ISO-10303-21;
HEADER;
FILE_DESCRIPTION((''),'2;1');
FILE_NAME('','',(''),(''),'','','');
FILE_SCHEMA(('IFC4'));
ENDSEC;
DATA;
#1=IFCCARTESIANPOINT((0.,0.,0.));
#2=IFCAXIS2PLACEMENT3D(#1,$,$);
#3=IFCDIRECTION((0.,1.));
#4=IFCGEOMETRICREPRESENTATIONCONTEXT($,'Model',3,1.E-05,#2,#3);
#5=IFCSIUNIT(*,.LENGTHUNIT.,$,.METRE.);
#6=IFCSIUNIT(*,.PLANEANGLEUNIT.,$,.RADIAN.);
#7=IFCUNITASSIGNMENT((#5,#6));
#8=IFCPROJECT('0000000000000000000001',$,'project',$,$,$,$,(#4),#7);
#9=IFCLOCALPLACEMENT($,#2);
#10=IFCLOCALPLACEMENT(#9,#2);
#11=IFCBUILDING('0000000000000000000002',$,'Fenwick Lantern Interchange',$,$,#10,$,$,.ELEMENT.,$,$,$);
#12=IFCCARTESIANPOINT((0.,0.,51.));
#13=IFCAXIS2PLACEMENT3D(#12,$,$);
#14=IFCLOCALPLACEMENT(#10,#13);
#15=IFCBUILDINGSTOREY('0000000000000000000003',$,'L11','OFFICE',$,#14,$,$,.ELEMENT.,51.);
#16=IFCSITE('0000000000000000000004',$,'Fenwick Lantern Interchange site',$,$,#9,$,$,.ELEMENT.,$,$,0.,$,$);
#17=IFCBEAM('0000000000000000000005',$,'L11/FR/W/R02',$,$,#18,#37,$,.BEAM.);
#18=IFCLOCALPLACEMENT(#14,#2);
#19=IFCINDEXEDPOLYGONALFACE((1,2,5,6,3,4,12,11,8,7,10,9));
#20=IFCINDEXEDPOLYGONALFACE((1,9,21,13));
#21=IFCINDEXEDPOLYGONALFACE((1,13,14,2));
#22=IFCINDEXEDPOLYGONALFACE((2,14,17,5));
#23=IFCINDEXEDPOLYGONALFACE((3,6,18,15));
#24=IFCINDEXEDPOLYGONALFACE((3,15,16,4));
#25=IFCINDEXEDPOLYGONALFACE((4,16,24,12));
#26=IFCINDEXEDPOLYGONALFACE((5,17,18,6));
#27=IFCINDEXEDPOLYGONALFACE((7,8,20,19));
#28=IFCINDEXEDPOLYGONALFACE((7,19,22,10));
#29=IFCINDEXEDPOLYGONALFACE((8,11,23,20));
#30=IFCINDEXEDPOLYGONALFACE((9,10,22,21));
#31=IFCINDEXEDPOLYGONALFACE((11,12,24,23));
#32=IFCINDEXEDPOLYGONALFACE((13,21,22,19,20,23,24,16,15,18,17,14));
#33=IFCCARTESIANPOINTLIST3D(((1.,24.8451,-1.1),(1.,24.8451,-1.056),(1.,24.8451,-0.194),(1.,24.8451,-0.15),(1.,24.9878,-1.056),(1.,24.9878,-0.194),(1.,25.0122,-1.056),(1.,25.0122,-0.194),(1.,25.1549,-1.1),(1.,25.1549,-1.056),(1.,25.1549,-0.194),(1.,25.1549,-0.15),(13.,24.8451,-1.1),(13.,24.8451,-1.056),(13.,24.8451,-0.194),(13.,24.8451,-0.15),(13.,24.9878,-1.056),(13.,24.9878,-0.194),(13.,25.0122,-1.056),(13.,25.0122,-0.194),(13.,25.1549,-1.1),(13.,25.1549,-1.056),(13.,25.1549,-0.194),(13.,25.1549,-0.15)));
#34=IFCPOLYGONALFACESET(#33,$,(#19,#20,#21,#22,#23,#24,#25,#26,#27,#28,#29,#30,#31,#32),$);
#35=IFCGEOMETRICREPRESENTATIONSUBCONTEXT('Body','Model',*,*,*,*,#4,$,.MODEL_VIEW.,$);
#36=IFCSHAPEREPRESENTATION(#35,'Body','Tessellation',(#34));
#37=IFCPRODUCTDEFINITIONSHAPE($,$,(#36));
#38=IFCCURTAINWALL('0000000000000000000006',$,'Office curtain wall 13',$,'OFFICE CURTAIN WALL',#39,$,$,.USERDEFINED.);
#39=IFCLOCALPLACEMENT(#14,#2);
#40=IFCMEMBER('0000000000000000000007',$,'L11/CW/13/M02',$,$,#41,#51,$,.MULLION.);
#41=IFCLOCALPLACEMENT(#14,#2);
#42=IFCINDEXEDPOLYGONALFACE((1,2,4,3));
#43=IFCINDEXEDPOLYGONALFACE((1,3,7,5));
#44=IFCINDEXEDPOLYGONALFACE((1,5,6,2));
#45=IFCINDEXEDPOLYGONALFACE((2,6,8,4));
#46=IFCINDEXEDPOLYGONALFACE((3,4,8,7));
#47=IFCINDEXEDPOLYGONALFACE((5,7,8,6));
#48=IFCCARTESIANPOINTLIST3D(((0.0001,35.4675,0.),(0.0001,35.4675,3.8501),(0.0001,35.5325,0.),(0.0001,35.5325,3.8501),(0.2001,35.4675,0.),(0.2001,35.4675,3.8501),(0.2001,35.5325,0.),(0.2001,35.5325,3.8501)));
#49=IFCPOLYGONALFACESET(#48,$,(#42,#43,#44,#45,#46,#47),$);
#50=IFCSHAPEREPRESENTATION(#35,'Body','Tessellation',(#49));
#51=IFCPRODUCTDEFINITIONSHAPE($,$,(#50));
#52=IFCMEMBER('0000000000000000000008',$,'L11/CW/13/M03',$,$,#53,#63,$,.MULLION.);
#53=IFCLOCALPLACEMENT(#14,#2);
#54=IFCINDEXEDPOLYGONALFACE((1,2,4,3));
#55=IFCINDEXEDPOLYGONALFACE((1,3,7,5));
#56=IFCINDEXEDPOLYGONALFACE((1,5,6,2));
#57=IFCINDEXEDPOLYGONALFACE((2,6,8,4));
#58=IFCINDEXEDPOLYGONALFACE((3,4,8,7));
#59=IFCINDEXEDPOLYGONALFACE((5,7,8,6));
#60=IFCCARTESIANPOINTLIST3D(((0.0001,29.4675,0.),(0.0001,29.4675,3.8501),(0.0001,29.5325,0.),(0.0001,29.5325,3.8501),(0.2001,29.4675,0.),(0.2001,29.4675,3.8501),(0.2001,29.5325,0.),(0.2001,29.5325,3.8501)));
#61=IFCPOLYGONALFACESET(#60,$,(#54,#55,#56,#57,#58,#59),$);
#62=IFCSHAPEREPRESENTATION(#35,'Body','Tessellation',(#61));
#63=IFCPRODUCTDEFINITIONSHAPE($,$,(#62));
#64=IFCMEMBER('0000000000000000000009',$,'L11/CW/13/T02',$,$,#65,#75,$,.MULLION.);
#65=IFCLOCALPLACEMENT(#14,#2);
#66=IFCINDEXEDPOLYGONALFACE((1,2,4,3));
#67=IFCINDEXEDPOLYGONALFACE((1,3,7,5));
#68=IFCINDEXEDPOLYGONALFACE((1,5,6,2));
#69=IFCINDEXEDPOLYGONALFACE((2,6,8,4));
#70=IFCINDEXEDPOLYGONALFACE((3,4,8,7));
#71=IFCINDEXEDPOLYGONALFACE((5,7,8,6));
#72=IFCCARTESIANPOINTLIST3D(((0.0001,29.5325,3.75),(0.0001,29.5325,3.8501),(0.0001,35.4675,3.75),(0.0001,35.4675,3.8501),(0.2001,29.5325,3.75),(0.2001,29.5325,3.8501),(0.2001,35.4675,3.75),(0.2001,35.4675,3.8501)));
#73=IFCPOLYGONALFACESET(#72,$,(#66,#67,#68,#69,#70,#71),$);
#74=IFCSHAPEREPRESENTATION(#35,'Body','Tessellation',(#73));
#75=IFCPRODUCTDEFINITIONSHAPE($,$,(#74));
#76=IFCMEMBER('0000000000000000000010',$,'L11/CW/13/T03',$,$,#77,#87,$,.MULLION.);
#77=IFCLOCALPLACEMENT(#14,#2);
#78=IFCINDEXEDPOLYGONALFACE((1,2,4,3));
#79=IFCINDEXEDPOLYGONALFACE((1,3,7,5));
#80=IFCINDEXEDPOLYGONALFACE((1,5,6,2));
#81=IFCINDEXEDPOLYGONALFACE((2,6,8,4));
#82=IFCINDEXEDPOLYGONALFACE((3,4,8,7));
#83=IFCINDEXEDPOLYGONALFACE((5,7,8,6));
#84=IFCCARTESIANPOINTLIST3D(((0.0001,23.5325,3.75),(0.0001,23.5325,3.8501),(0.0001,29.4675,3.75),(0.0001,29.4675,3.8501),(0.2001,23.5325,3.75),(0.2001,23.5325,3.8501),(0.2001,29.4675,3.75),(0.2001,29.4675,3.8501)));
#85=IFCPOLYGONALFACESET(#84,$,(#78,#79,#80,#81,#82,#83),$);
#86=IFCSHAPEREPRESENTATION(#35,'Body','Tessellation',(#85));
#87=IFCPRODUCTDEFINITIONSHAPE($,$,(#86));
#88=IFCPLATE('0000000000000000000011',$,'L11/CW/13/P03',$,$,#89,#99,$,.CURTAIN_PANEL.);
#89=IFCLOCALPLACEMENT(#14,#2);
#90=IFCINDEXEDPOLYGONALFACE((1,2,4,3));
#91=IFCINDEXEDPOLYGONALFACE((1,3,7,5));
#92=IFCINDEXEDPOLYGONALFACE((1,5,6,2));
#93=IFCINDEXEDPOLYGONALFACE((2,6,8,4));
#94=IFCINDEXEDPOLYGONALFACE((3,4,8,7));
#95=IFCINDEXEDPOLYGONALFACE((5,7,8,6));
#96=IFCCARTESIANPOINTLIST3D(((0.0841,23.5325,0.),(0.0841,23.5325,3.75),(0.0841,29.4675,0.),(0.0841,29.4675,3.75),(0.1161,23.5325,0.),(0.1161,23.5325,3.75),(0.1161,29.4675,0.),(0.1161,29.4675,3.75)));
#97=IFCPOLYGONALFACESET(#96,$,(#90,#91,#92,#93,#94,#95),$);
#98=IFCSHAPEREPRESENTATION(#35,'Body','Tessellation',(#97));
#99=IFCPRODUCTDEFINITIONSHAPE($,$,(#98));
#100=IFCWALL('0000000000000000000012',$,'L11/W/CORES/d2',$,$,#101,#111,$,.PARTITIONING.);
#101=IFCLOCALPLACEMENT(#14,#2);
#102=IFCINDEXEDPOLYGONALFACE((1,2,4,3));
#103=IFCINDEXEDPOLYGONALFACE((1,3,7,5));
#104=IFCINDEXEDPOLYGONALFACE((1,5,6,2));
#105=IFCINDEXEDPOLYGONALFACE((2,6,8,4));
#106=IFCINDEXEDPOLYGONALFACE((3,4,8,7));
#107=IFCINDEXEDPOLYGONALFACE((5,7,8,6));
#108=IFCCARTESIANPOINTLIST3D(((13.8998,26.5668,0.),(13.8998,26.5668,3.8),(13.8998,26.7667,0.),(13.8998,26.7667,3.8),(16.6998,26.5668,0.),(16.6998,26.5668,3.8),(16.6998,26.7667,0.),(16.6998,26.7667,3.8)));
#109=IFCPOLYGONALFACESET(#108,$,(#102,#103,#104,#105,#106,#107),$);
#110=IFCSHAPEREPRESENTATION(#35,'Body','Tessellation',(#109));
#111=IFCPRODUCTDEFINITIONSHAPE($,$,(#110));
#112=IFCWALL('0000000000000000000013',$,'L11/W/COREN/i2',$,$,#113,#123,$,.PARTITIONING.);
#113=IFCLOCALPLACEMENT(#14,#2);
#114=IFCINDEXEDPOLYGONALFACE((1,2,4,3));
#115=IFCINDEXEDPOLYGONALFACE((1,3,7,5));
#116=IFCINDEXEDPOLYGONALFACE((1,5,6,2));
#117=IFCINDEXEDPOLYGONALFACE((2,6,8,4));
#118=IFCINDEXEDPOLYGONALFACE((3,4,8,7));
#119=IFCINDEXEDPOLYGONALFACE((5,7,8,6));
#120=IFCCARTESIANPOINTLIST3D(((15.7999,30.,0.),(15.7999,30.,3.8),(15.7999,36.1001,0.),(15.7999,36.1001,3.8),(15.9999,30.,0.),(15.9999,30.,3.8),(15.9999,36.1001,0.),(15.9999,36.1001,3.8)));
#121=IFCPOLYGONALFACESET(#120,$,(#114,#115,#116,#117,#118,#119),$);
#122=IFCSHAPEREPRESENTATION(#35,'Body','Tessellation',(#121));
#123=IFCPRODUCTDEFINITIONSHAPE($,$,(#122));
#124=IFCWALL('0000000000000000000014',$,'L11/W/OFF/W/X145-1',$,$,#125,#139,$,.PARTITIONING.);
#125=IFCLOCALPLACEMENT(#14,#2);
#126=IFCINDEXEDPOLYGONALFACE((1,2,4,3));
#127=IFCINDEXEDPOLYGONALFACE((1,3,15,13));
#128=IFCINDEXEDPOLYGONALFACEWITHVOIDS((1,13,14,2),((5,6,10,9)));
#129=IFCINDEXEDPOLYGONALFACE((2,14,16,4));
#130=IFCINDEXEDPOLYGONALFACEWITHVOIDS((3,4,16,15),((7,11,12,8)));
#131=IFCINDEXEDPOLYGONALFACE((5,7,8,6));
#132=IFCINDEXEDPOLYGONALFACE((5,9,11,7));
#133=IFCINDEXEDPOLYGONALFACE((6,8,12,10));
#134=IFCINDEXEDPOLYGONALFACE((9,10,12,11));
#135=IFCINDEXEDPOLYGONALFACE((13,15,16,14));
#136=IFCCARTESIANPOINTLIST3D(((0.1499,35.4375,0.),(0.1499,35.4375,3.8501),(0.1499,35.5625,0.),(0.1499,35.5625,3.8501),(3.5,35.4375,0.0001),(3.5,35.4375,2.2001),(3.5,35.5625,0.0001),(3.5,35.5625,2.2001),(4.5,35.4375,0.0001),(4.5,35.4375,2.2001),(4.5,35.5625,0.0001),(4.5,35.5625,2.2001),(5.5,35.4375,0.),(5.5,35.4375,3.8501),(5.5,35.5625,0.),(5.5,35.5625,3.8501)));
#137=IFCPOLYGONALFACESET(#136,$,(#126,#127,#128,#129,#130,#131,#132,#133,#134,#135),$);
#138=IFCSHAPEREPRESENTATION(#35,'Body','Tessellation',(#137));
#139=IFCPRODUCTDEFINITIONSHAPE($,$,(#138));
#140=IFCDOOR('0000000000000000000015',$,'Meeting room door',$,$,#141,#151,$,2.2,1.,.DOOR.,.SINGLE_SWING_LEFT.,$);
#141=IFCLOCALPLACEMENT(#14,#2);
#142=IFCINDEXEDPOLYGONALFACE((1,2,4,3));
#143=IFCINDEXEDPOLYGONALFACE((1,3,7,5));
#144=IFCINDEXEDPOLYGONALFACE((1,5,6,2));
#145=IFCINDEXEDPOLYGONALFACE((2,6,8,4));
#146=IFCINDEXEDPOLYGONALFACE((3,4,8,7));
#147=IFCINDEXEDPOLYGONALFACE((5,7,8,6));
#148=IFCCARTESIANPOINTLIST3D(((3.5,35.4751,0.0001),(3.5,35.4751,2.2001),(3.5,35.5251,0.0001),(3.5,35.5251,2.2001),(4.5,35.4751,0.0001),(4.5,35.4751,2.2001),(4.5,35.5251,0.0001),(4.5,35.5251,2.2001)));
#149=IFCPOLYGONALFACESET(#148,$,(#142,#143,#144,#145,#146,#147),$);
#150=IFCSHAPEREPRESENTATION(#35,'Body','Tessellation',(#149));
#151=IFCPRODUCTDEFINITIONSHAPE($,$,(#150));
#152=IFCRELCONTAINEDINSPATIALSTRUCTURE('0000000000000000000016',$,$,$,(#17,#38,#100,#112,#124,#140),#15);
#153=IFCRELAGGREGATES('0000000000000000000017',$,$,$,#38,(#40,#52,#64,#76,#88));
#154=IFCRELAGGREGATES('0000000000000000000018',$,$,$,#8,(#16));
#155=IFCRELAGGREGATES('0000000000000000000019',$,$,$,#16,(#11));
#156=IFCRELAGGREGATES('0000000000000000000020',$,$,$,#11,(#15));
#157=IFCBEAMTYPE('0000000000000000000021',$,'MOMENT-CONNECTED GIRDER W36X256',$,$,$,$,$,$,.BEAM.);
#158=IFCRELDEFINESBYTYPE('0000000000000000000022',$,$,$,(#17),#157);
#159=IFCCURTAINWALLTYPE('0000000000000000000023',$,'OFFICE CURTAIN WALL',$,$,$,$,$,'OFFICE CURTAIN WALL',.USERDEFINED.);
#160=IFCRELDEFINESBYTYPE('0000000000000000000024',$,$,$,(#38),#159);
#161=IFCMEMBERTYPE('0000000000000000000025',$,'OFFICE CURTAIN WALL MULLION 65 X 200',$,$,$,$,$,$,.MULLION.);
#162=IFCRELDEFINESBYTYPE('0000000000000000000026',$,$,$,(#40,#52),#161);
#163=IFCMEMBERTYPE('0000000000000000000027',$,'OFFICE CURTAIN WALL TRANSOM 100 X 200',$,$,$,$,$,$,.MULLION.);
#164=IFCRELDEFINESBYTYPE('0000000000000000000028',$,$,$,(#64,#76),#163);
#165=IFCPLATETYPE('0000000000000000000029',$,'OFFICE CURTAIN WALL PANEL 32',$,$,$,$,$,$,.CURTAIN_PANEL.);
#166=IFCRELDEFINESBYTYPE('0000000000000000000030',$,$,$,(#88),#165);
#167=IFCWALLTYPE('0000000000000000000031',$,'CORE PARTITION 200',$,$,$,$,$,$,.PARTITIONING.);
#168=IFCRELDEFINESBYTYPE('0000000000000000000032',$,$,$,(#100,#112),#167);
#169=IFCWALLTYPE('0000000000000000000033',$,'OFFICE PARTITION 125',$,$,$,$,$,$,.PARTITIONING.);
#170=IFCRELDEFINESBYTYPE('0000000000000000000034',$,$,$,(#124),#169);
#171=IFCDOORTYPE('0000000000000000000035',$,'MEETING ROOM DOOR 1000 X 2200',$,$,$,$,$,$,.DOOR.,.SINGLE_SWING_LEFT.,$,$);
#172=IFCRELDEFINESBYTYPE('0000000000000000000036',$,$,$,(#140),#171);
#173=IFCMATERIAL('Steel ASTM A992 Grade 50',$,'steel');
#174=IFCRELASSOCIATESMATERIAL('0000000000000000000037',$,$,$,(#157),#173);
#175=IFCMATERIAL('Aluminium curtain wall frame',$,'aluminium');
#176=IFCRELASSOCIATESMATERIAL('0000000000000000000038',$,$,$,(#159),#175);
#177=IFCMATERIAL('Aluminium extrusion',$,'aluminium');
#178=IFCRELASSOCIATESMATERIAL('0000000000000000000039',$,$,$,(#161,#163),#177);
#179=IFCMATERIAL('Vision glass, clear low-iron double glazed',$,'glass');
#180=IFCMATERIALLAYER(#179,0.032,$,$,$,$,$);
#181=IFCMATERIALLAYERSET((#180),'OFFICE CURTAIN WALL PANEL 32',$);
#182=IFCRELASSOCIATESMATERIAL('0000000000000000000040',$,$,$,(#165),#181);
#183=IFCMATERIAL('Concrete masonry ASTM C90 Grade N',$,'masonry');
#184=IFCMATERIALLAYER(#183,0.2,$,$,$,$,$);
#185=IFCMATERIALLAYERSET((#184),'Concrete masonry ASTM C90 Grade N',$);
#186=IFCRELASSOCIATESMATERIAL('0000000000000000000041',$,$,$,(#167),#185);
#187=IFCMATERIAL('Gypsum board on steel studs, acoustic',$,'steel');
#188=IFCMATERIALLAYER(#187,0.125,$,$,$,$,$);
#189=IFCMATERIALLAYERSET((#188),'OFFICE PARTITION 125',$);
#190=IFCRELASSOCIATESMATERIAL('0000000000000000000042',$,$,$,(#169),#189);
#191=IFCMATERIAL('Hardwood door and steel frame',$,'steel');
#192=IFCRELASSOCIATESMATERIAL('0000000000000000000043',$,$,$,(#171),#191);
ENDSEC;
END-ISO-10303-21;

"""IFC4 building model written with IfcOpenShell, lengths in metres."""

from ifc_helpers import new_model, si_unit, direction, frame, frame_2d, origin, origin_2d, place, context, subcontext, project, spatial, rectangle, i_section, extrude, material, layer, layer_set, material_profile, profile_set, type_object, element, fill, aggregate, save


model = new_model("IFC4")

# Units and contexts
model_context = context("Model", 3, precision=1e-05, world=origin(), true_north=direction((0.0, 1.0)))
body_context = subcontext(model_context, "Body", "Model", "MODEL_VIEW")
ifc_project = project(units=[si_unit("LENGTHUNIT", "METRE"), si_unit("PLANEANGLEUNIT", "RADIAN")], contexts=[model_context])

# Site, building, storey
site_placement = place(None, origin())
site = spatial("IfcSite", under=ifc_project, at=site_placement, Name="Fenwick Lantern Interchange site", CompositionType="ELEMENT", RefElevation=0.0)
building_placement = place(site_placement, origin())
building = spatial("IfcBuilding", under=site, at=building_placement, Name="Fenwick Lantern Interchange", CompositionType="ELEMENT")
storey_placement = place(building_placement, frame((0.0, 0.0, 51.0)))
storey = spatial("IfcBuildingStorey", under=building, at=storey_placement, Name="L11", Description="OFFICE", CompositionType="ELEMENT", Elevation=51.0)

# Beam
ifc_material_1 = material(Name="Steel ASTM A992 Grade 50", Category="steel")
ifc_material_profile_1 = material_profile(ifc_material_1, i_section(OverallWidth=0.3098, OverallDepth=0.95, WebThickness=0.0244, FlangeThickness=0.0439, at=origin_2d()), Name="W36X256")
ifc_profile_set_1 = profile_set([ifc_material_profile_1], Name="Steel ASTM A992 Grade 50")
beam_type = type_object("IfcBeamType", Name="MOMENT-CONNECTED GIRDER W36X256", PredefinedType="BEAM", material=ifc_profile_set_1)
beam_placement = place(storey_placement, frame((1.0, 25.0, -0.625), z_axis=(1.0, 0.0, 0.0), x_axis=(0.0, 1.0, 0.0)))
element("IfcBeam", 1, at=beam_placement, inside=storey, type_object=beam_type, Name="L11/FR/W/R02", PredefinedType="BEAM", context=body_context, shape_type="SweptSolid", body=[
    extrude(i_section(OverallWidth=0.3098, OverallDepth=0.95, WebThickness=0.0244, FlangeThickness=0.0439, at=origin_2d()), origin(), (0.0, 0.0, 1.0), 12.0),
])

# Curtain wall, members, plate
ifc_material_2 = material(Name="Aluminium curtain wall frame", Category="aluminium")
curtain_wall_type = type_object("IfcCurtainWallType", Name="OFFICE CURTAIN WALL", ElementType="OFFICE CURTAIN WALL", PredefinedType="USERDEFINED", material=ifc_material_2)
curtain_wall_placement = place(storey_placement, origin())
curtain_wall = element("IfcCurtainWall", 2, at=curtain_wall_placement, inside=storey, type_object=curtain_wall_type, Name="Office curtain wall 13", ObjectType="OFFICE CURTAIN WALL", PredefinedType="USERDEFINED")
ifc_material_3 = material(Name="Aluminium extrusion", Category="aluminium")
ifc_material_profile_2 = material_profile(ifc_material_3, rectangle(XDim=0.2, YDim=0.0649, at=origin_2d()), Name="OFFICE CURTAIN WALL MULLION 65 X 200")
ifc_profile_set_2 = profile_set([ifc_material_profile_2], Name="Aluminium extrusion")
member_type_1 = type_object("IfcMemberType", Name="OFFICE CURTAIN WALL MULLION 65 X 200", PredefinedType="MULLION", material=ifc_profile_set_2)
member_1_placement = place(storey_placement, frame((0.1001, 35.5, 0.0), z_axis=(0.0, 0.0, 1.0), x_axis=(1.0, 0.0, 0.0)))
member_1 = element("IfcMember", 3, at=member_1_placement, type_object=member_type_1, Name="L11/CW/13/M02", PredefinedType="MULLION", context=body_context, shape_type="SweptSolid", body=[
    extrude(rectangle(XDim=0.2, YDim=0.0649, at=origin_2d()), origin(), (0.0, 0.0, 1.0), 3.8501),
])
member_2_placement = place(storey_placement, frame((0.1001, 29.5, 0.0), z_axis=(0.0, 0.0, 1.0), x_axis=(1.0, 0.0, 0.0)))
member_2 = element("IfcMember", 4, at=member_2_placement, type_object=member_type_1, Name="L11/CW/13/M03", PredefinedType="MULLION", context=body_context, shape_type="SweptSolid", body=[
    extrude(rectangle(XDim=0.2, YDim=0.0649, at=origin_2d()), origin(), (0.0, 0.0, 1.0), 3.8501),
])
ifc_material_profile_3 = material_profile(ifc_material_3, rectangle(XDim=0.2, YDim=0.1001, at=origin_2d()), Name="OFFICE CURTAIN WALL TRANSOM 100 X 200")
ifc_profile_set_3 = profile_set([ifc_material_profile_3], Name="Aluminium extrusion")
member_type_2 = type_object("IfcMemberType", Name="OFFICE CURTAIN WALL TRANSOM 100 X 200", PredefinedType="MULLION", material=ifc_profile_set_3)
member_3_placement = place(storey_placement, frame((0.1001, 35.4675, 3.8), z_axis=(0.0, -1.0, 0.0), x_axis=(1.0, 0.0, 0.0)))
member_3 = element("IfcMember", 5, at=member_3_placement, type_object=member_type_2, Name="L11/CW/13/T02", PredefinedType="MULLION", context=body_context, shape_type="SweptSolid", body=[
    extrude(rectangle(XDim=0.2, YDim=0.1001, at=origin_2d()), origin(), (0.0, 0.0, 1.0), 5.9351),
])
member_4_placement = place(storey_placement, frame((0.1001, 29.4675, 3.8), z_axis=(0.0, -1.0, 0.0), x_axis=(1.0, 0.0, 0.0)))
member_4 = element("IfcMember", 6, at=member_4_placement, type_object=member_type_2, Name="L11/CW/13/T03", PredefinedType="MULLION", context=body_context, shape_type="SweptSolid", body=[
    extrude(rectangle(XDim=0.2, YDim=0.1001, at=origin_2d()), origin(), (0.0, 0.0, 1.0), 5.9351),
])
ifc_material_4 = material(Name="Vision glass, clear low-iron double glazed", Category="glass")
ifc_layer_1 = layer(ifc_material_4, 0.032)
ifc_layer_set_1 = layer_set([ifc_layer_1], Name="OFFICE CURTAIN WALL PANEL 32")
plate_type = type_object("IfcPlateType", Name="OFFICE CURTAIN WALL PANEL 32", PredefinedType="CURTAIN_PANEL", material=ifc_layer_set_1)
plate_placement = place(storey_placement, frame((0.1001, 26.5, 0.0), z_axis=(0.0, 0.0, 1.0), x_axis=(0.0, -1.0, 0.0)))
plate = element("IfcPlate", 7, at=plate_placement, type_object=plate_type, Name="L11/CW/13/P03", PredefinedType="CURTAIN_PANEL", context=body_context, shape_type="SweptSolid", body=[
    extrude(rectangle(XDim=5.9351, YDim=0.032, at=origin_2d()), origin(), (0.0, 0.0, 1.0), 3.75),
])
aggregate(curtain_wall, [member_1, member_2, member_3, member_4, plate])

# Walls
ifc_material_5 = material(Name="Concrete masonry ASTM C90 Grade N", Category="masonry")
ifc_layer_2 = layer(ifc_material_5, 0.2)
ifc_layer_set_2 = layer_set([ifc_layer_2], Name="Concrete masonry ASTM C90 Grade N")
wall_type_1 = type_object("IfcWallType", Name="CORE PARTITION 200", PredefinedType="PARTITIONING", material=ifc_layer_set_2)
wall_1_placement = place(storey_placement, frame((13.8999, 26.6667, 0.0), z_axis=(0.0, 0.0, 1.0), x_axis=(1.0, 0.0, 0.0)))
element("IfcWall", 8, at=wall_1_placement, inside=storey, type_object=wall_type_1, Name="L11/W/CORES/d2", PredefinedType="PARTITIONING", context=body_context, shape_type="SweptSolid", body=[
    extrude(rectangle(XDim=2.8, YDim=0.2, at=frame_2d((1.3999, 0.0))), origin(), (0.0, 0.0, 1.0), 3.8),
])
wall_2_placement = place(storey_placement, frame((15.8999, 36.1001, 0.0), z_axis=(0.0, 0.0, 1.0), x_axis=(0.0, -1.0, 0.0)))
element("IfcWall", 9, at=wall_2_placement, inside=storey, type_object=wall_type_1, Name="L11/W/COREN/i2", PredefinedType="PARTITIONING", context=body_context, shape_type="SweptSolid", body=[
    extrude(rectangle(XDim=6.1001, YDim=0.2, at=frame_2d((3.05, 0.0))), origin(), (0.0, 0.0, 1.0), 3.8),
])

# Shared definitions
ifc_material_6 = material(Name="Hardwood door and steel frame", Category="steel")

# Wall, opening, door
ifc_material_7 = material(Name="Gypsum board on steel studs, acoustic", Category="steel")
ifc_layer_3 = layer(ifc_material_7, 0.125)
ifc_layer_set_3 = layer_set([ifc_layer_3], Name="OFFICE PARTITION 125")
wall_type_2 = type_object("IfcWallType", Name="OFFICE PARTITION 125", PredefinedType="PARTITIONING", material=ifc_layer_set_3)
wall_3_placement = place(storey_placement, frame((0.1499, 35.5, 0.0), z_axis=(0.0, 0.0, 1.0), x_axis=(1.0, 0.0, 0.0)))
wall_3 = element("IfcWall", 10, at=wall_3_placement, inside=storey, type_object=wall_type_2, Name="L11/W/OFF/W/X145-1", PredefinedType="PARTITIONING", context=body_context, shape_type="SweptSolid", body=[
    extrude(rectangle(XDim=5.3501, YDim=0.125, at=frame_2d((2.675, 0.0))), origin(), (0.0, 0.0, 1.0), 3.8501),
])
opening_1_placement = place(wall_3_placement, frame((3.3501, 0.0, 0.0)))
opening_1 = element("IfcOpeningElement", 11, at=opening_1_placement, cuts=wall_3, PredefinedType="OPENING", context=body_context, shape_type="SweptSolid", body=[
    extrude(rectangle(XDim=1.0, YDim=2.2, at=frame_2d((0.5, 1.1001))), frame((0.0, 0.0725, 0.0), z_axis=(0.0, -1.0, 0.0), x_axis=(1.0, 0.0, 0.0)), (0.0, 0.0, 1.0), 0.145),
])
door_type_1 = type_object("IfcDoorType", Name="MEETING ROOM DOOR 1000 X 2200", OperationType="SINGLE_SWING_LEFT", PredefinedType="DOOR", material=ifc_material_6)
door_1_placement = place(opening_1_placement, frame((1.0, 0.0, 0.0), z_axis=(0.0, 0.0, 1.0), x_axis=(-1.0, 0.0, 0.0)))
door_1 = element("IfcDoor", 12, at=door_1_placement, inside=storey, type_object=door_type_1, Name="Meeting room door", OperationType="SINGLE_SWING_LEFT", OverallHeight=2.2, OverallWidth=1.0, PredefinedType="DOOR", context=body_context, shape_type="SweptSolid", body=[
    extrude(rectangle(XDim=1.0, YDim=2.2, at=frame_2d((0.5, 1.1001))), frame((0.0, 0.0249, 0.0), z_axis=(0.0, -1.0, 0.0), x_axis=(1.0, 0.0, 0.0)), (0.0, 0.0, 1.0), 0.05),
])
fill(opening_1, door_1)

save(model, "model.ifc")
